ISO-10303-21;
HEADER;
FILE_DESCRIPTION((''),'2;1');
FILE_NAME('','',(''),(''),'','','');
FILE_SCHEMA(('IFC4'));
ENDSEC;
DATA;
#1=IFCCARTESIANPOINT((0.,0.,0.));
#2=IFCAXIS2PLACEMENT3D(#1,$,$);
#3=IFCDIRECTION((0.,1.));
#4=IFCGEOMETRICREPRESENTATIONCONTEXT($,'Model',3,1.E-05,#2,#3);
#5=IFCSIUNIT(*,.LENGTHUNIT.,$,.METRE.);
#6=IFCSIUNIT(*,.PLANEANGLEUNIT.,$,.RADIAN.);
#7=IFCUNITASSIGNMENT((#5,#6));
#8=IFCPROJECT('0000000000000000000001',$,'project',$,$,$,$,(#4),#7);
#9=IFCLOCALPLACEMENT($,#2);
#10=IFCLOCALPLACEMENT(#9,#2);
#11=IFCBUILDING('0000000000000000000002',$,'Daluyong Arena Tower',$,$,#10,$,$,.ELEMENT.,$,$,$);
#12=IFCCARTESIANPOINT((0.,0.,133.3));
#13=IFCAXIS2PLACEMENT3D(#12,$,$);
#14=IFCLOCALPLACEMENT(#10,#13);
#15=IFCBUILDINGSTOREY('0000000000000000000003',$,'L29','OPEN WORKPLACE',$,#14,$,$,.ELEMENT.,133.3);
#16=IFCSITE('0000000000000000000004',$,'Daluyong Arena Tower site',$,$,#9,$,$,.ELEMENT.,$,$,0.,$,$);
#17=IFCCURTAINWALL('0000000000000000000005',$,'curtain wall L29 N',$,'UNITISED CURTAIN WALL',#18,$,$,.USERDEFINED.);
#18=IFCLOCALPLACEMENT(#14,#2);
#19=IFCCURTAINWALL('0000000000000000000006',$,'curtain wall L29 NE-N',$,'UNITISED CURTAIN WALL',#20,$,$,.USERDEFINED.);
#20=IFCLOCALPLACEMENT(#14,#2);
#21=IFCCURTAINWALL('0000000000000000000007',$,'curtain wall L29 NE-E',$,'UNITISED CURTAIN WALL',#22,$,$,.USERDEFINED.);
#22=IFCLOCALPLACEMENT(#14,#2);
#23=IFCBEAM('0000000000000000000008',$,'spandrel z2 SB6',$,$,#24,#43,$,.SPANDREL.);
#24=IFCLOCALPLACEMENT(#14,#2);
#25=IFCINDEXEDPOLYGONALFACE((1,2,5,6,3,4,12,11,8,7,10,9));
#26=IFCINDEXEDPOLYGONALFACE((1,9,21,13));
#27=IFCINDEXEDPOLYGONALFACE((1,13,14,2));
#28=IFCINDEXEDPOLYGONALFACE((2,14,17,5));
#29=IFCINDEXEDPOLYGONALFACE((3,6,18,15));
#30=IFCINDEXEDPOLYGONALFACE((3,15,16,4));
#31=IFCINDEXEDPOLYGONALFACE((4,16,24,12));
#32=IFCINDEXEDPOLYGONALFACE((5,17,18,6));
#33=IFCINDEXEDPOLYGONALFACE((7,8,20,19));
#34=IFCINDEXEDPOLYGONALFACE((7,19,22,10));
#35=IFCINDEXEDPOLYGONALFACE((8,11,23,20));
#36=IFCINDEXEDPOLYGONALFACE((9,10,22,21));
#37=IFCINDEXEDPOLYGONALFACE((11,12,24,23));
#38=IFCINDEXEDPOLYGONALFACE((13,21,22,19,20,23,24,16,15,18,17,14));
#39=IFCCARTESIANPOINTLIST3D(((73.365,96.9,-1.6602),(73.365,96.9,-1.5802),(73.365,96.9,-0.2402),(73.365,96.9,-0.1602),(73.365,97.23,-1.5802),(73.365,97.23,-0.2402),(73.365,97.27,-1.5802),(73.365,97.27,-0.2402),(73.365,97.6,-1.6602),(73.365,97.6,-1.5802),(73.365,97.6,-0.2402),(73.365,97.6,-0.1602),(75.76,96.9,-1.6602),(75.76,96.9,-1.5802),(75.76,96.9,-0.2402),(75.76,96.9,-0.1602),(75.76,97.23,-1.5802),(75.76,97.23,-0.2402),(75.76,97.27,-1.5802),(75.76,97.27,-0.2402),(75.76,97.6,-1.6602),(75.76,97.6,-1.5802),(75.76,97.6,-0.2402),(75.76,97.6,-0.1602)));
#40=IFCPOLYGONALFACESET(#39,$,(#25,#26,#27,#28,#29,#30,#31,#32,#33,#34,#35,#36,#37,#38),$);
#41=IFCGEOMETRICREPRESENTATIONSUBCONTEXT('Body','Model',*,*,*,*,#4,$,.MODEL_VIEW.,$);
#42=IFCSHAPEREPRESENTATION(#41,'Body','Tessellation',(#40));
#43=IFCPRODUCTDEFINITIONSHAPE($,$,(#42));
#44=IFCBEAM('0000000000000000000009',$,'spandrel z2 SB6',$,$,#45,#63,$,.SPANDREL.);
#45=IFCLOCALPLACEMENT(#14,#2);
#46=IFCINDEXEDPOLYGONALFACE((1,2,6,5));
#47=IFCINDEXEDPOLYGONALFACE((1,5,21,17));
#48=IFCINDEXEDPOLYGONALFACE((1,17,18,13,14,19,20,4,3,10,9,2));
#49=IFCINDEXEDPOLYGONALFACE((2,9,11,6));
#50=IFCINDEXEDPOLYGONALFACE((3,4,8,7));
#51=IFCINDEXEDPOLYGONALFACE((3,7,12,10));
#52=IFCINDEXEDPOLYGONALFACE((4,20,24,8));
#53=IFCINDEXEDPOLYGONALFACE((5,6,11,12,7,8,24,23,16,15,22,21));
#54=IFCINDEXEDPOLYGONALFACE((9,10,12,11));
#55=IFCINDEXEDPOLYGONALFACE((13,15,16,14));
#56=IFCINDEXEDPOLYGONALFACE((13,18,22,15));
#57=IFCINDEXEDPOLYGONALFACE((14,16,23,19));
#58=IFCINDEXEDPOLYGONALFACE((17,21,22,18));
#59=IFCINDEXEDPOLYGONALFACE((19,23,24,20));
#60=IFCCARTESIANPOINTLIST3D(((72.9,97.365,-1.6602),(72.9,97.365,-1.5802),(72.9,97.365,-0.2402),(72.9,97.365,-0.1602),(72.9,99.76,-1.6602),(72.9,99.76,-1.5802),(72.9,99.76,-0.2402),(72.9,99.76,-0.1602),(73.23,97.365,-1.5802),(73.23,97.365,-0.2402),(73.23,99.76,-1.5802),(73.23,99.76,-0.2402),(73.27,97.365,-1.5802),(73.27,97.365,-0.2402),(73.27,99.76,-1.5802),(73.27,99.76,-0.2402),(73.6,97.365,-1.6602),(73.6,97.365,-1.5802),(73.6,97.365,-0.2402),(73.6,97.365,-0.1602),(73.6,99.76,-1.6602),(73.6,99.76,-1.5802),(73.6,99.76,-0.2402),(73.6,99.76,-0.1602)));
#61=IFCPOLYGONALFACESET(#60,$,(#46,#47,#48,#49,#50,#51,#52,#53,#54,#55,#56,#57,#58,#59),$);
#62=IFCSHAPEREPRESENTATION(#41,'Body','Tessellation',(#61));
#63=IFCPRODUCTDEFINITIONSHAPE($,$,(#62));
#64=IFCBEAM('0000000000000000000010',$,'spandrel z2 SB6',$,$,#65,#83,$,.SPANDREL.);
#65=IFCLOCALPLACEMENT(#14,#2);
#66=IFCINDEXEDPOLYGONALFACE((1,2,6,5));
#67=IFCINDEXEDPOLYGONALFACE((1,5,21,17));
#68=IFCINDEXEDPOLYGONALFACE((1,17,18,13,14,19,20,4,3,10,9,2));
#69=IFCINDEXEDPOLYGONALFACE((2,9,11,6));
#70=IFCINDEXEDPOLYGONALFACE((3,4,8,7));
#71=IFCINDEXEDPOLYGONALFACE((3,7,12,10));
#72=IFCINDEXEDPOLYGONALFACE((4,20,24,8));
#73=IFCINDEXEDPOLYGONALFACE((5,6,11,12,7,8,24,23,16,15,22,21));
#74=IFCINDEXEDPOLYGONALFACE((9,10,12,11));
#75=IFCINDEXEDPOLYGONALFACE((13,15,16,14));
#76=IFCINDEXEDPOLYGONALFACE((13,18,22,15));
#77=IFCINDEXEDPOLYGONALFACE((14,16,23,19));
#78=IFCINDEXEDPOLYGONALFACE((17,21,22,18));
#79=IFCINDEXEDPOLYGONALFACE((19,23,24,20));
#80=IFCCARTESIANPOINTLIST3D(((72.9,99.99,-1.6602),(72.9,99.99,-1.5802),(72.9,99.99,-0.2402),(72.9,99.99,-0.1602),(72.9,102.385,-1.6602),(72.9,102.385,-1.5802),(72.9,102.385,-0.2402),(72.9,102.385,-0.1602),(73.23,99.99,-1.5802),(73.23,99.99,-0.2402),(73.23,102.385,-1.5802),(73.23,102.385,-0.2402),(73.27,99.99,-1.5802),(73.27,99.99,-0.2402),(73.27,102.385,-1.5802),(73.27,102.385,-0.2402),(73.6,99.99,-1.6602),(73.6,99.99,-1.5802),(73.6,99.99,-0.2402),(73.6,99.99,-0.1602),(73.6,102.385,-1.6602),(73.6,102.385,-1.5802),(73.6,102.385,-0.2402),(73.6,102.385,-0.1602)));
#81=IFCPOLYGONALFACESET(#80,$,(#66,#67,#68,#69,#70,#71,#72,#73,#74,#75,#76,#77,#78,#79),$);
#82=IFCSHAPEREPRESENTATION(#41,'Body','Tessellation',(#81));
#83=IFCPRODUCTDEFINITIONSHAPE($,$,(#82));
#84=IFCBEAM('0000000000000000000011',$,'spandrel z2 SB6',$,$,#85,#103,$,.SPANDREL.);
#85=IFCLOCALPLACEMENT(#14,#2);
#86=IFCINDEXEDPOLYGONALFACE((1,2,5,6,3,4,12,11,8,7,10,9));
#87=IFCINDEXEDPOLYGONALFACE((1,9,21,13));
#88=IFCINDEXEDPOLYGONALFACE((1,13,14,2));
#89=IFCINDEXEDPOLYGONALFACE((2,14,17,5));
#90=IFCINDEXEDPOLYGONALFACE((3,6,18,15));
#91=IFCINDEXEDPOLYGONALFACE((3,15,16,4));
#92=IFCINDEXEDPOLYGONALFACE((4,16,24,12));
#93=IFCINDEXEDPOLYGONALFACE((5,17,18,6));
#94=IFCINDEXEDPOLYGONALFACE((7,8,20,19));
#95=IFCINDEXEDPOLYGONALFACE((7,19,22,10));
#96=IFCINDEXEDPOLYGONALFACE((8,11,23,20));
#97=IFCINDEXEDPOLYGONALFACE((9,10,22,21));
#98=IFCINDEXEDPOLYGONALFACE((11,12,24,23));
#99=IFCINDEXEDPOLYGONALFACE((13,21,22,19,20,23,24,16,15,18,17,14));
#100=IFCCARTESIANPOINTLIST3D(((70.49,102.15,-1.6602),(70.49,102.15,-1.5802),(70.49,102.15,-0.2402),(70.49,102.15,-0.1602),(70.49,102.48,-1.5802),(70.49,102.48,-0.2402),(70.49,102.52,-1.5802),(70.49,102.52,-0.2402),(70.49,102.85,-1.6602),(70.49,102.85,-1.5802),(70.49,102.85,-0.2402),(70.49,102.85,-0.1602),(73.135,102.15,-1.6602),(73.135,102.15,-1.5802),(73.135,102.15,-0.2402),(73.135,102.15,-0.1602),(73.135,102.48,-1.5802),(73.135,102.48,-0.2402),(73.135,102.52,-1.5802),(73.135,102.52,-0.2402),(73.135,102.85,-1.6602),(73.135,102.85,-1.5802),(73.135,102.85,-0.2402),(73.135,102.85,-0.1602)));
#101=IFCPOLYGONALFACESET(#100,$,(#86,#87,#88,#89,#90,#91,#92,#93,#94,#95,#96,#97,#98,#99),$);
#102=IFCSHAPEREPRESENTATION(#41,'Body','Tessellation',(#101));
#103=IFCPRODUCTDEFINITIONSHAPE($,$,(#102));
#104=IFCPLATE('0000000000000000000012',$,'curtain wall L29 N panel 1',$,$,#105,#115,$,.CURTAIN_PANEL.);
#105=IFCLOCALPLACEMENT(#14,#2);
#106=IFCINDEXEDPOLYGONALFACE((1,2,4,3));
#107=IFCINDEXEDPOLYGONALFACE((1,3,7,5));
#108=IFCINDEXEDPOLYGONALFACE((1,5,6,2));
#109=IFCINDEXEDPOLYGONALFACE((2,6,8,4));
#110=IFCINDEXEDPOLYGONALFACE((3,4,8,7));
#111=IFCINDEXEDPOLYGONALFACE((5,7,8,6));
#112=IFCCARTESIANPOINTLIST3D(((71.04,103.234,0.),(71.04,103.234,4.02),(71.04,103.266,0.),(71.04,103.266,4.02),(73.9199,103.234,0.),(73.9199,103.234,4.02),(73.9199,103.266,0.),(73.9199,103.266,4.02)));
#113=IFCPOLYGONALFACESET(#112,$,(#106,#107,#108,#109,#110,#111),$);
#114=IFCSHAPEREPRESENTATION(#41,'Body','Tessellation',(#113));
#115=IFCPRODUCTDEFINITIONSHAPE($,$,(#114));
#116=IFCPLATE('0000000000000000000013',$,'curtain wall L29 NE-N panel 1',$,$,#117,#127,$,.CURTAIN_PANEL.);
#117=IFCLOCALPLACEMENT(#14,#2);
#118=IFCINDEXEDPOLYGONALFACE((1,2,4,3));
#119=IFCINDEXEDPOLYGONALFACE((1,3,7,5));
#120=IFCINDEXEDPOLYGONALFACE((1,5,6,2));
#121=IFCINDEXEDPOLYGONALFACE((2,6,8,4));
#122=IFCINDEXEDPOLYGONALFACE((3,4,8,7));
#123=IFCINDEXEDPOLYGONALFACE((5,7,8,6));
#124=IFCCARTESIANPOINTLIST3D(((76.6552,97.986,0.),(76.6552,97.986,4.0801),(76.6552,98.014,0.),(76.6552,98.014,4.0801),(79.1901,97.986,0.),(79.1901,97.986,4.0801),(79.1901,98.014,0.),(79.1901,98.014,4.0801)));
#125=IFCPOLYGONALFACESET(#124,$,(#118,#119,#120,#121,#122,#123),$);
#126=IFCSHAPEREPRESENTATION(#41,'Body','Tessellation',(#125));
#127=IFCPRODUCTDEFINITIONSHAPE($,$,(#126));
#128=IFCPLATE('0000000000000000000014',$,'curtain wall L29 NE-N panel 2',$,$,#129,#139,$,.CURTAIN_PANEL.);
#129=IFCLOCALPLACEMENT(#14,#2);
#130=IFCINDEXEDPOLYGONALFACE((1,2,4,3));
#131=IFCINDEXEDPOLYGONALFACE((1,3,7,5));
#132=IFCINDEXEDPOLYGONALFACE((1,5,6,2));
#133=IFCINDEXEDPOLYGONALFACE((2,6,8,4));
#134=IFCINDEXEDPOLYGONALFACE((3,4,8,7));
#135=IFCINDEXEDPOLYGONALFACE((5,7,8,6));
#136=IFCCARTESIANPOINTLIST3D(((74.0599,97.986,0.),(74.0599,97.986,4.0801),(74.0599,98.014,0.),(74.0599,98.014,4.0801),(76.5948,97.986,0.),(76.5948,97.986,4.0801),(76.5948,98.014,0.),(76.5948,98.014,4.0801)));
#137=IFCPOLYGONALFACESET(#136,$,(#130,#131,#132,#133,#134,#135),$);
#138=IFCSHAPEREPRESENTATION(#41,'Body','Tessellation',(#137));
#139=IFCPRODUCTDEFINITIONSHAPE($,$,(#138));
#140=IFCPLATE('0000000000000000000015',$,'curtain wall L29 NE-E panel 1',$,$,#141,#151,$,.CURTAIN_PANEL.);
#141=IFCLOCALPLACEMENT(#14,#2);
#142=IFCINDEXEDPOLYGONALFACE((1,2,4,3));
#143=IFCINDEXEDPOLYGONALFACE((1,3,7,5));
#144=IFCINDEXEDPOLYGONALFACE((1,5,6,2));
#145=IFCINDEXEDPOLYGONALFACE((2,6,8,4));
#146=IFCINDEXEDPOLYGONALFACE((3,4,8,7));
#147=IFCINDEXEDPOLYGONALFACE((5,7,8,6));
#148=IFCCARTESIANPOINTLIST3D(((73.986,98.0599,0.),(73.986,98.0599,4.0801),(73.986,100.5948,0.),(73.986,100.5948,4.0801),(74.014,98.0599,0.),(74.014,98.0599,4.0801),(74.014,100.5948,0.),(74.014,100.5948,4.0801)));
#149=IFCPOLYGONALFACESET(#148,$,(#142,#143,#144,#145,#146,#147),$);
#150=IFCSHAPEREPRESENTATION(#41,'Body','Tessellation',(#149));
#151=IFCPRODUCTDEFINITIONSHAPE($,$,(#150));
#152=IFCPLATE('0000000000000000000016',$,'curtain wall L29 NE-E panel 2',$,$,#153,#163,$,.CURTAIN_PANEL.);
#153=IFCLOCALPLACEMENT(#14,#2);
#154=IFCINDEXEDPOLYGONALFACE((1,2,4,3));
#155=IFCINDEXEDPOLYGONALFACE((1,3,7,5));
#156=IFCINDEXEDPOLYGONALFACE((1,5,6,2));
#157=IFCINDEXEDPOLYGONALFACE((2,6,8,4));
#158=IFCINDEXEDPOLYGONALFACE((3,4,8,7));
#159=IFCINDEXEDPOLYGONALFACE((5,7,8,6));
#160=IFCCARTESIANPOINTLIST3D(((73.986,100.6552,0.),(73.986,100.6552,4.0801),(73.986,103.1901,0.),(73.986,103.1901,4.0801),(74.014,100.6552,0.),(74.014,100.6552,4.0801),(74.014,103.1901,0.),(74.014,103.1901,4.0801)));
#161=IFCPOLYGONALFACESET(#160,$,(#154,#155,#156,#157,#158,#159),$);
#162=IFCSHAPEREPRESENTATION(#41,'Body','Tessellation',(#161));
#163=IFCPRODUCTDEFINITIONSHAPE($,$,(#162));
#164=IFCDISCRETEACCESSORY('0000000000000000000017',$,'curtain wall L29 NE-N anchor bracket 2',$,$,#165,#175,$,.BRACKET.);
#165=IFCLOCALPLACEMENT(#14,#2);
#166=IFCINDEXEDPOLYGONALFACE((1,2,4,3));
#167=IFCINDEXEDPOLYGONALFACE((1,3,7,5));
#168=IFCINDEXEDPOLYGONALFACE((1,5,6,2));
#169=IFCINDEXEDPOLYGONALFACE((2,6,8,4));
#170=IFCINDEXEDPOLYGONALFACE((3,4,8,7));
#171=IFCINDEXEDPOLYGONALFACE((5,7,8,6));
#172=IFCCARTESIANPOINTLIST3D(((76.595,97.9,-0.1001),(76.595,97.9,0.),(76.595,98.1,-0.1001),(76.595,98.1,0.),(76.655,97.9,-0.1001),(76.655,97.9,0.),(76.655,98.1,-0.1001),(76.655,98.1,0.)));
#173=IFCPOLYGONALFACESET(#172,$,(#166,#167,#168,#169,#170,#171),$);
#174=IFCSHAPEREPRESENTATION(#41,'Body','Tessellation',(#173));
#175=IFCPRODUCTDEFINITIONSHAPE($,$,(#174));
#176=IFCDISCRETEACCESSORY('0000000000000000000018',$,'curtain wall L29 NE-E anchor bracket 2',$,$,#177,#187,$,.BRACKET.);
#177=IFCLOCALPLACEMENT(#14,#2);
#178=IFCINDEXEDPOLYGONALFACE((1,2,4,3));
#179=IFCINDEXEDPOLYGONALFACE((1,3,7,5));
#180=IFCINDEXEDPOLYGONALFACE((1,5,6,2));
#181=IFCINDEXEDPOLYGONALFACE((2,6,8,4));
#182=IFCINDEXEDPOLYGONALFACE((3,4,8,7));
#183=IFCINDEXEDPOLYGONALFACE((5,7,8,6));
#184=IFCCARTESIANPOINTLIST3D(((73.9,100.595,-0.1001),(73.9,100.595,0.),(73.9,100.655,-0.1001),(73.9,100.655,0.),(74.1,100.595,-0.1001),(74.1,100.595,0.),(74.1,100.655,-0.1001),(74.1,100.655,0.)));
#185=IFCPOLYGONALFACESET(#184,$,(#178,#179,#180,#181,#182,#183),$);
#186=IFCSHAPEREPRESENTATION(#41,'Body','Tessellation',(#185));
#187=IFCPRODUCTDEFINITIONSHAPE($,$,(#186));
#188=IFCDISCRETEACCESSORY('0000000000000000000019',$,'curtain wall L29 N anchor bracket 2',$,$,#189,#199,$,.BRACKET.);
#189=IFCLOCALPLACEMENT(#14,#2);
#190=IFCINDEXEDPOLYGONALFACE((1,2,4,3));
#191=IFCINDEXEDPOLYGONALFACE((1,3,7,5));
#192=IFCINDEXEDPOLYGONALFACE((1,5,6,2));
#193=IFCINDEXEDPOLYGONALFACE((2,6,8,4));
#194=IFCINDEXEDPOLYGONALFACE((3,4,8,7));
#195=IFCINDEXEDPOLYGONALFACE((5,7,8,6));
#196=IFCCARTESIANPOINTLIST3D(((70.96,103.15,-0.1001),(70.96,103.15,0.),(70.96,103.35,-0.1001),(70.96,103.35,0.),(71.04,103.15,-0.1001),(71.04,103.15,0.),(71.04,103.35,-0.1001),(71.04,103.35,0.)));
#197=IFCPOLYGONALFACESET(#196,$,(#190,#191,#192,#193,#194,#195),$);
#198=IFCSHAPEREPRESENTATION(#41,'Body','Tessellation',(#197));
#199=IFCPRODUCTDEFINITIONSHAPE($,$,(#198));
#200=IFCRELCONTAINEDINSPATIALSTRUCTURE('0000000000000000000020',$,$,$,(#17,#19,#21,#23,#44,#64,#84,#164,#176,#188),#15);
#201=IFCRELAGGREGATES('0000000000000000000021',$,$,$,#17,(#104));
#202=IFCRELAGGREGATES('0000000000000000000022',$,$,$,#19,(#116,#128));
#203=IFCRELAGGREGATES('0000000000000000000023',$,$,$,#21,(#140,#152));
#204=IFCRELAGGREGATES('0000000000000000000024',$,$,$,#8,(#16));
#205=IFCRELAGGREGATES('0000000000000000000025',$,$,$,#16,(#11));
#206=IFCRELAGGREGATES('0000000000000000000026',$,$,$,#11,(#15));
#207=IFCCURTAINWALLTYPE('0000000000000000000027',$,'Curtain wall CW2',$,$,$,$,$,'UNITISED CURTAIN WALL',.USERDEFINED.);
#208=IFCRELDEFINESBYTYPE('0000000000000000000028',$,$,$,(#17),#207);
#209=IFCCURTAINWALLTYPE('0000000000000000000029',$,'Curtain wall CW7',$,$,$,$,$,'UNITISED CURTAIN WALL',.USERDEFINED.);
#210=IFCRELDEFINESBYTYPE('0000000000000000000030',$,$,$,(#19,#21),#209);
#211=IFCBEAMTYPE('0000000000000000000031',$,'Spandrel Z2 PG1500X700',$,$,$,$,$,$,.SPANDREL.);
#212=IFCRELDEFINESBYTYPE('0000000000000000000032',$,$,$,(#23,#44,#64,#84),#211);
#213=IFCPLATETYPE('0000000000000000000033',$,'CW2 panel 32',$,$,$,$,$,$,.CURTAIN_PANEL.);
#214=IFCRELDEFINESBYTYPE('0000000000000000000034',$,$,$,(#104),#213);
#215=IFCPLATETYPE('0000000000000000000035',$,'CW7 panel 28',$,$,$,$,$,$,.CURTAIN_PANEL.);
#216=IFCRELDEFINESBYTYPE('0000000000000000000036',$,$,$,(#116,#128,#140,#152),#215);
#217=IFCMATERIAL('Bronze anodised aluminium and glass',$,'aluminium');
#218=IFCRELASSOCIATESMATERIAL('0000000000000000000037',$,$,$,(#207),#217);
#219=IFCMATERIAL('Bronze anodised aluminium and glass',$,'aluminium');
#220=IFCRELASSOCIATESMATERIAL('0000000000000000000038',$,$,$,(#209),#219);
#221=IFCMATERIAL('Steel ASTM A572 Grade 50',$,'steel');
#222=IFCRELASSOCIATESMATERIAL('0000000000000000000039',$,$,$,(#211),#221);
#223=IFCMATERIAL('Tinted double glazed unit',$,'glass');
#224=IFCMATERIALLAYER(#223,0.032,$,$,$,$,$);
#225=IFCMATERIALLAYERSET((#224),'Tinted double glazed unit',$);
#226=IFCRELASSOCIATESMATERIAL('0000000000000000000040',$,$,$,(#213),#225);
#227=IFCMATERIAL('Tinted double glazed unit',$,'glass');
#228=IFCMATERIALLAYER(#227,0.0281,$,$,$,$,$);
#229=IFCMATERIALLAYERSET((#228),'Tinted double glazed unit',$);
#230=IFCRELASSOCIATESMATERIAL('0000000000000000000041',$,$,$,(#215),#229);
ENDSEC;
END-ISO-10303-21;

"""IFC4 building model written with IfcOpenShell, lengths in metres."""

from ifc_helpers import new_model, si_unit, direction, frame, origin, origin_2d, place, context, subcontext, project, spatial, rectangle, i_section, extrude, material, layer, layer_set, material_profile, profile_set, type_object, element, aggregate, save


model = new_model("IFC4")

# Units and contexts
model_context = context("Model", 3, precision=1e-05, world=origin(), true_north=direction((0.0, 1.0)))
body_context = subcontext(model_context, "Body", "Model", "MODEL_VIEW")
ifc_project = project(units=[si_unit("LENGTHUNIT", "METRE"), si_unit("PLANEANGLEUNIT", "RADIAN")], contexts=[model_context])

# Site, building, storey
site_placement = place(None, origin())
site = spatial("IfcSite", under=ifc_project, at=site_placement, Name="Daluyong Arena Tower site", CompositionType="ELEMENT", RefElevation=0.0)
building_placement = place(site_placement, origin())
building = spatial("IfcBuilding", under=site, at=building_placement, Name="Daluyong Arena Tower", CompositionType="ELEMENT")
storey_placement = place(building_placement, frame((0.0, 0.0, 133.3)))
storey = spatial("IfcBuildingStorey", under=building, at=storey_placement, Name="L29", Description="OPEN WORKPLACE", CompositionType="ELEMENT", Elevation=133.3)

# Shared definitions
ifc_material_1 = material(Name="Bronze anodised aluminium and glass", Category="aluminium")
curtain_wall_type_1 = type_object("IfcCurtainWallType", Name="Curtain wall CW2", ElementType="UNITISED CURTAIN WALL", PredefinedType="USERDEFINED", material=ifc_material_1)

# Curtain walls
curtain_wall_1_placement = place(storey_placement, origin())
curtain_wall_1 = element("IfcCurtainWall", 1, at=curtain_wall_1_placement, inside=storey, type_object=curtain_wall_type_1, Name="curtain wall L29 N", ObjectType="UNITISED CURTAIN WALL", PredefinedType="USERDEFINED")
ifc_material_2 = material(Name="Bronze anodised aluminium and glass", Category="aluminium")
curtain_wall_type_2 = type_object("IfcCurtainWallType", Name="Curtain wall CW7", ElementType="UNITISED CURTAIN WALL", PredefinedType="USERDEFINED", material=ifc_material_2)
curtain_wall_2_placement = place(storey_placement, origin())
curtain_wall_2 = element("IfcCurtainWall", 2, at=curtain_wall_2_placement, inside=storey, type_object=curtain_wall_type_2, Name="curtain wall L29 NE-N", ObjectType="UNITISED CURTAIN WALL", PredefinedType="USERDEFINED")
curtain_wall_3_placement = place(storey_placement, origin())
curtain_wall_3 = element("IfcCurtainWall", 3, at=curtain_wall_3_placement, inside=storey, type_object=curtain_wall_type_2, Name="curtain wall L29 NE-E", ObjectType="UNITISED CURTAIN WALL", PredefinedType="USERDEFINED")

# Beams
ifc_material_3 = material(Name="Steel ASTM A572 Grade 50", Category="steel")
ifc_material_profile_1 = material_profile(ifc_material_3, i_section(OverallWidth=0.7, OverallDepth=1.5, WebThickness=0.04, FlangeThickness=0.08, at=origin_2d()))
ifc_profile_set_1 = profile_set([ifc_material_profile_1], Name="Steel ASTM A572 Grade 50")
beam_type_1 = type_object("IfcBeamType", Name="Spandrel Z2 PG1500X700", PredefinedType="SPANDREL", material=ifc_profile_set_1)
for number, where, z_axis, x_axis, name in (
    (4, (75.76, 97.25, -0.9102), (-1.0, 0.0, 0.0), (0.0, -1.0, 0.0), "spandrel z2 SB6"),
    (5, (73.25, 97.365, -0.9102), (0.0, 1.0, 0.0), (-1.0, 0.0, 0.0), "spandrel z2 SB6"),
    (6, (73.25, 99.99, -0.9102), (0.0, 1.0, 0.0), (-1.0, 0.0, 0.0), "spandrel z2 SB6"),
):
    element("IfcBeam", number, at=place(storey_placement, frame(where, z_axis=z_axis, x_axis=x_axis)), inside=storey, type_object=beam_type_1, Name=name, PredefinedType="SPANDREL", context=body_context, shape_type="SweptSolid", body=[
        extrude(i_section(OverallWidth=0.7, OverallDepth=1.5, WebThickness=0.04, FlangeThickness=0.08, at=origin_2d()), origin(), (0.0, 0.0, 1.0), 2.395),
    ])
beam_1_placement = place(storey_placement, frame((73.135, 102.5, -0.9102), z_axis=(-1.0, 0.0, 0.0), x_axis=(0.0, -1.0, 0.0)))
element("IfcBeam", 7, at=beam_1_placement, inside=storey, type_object=beam_type_1, Name="spandrel z2 SB6", PredefinedType="SPANDREL", context=body_context, shape_type="SweptSolid", body=[
    extrude(i_section(OverallWidth=0.7, OverallDepth=1.5, WebThickness=0.04, FlangeThickness=0.08, at=origin_2d()), origin(), (0.0, 0.0, 1.0), 2.645),
])

# Plates
ifc_material_4 = material(Name="Tinted double glazed unit", Category="glass")
ifc_layer_1 = layer(ifc_material_4, 0.032)
ifc_layer_set_1 = layer_set([ifc_layer_1], Name="Tinted double glazed unit")
plate_type_1 = type_object("IfcPlateType", Name="CW2 panel 32", PredefinedType="CURTAIN_PANEL", material=ifc_layer_set_1)
plate_1_placement = place(storey_placement, frame((72.48, 103.25, 0.0), z_axis=(0.0, 0.0, 1.0), x_axis=(-1.0, 0.0, 0.0)))
plate_1 = element("IfcPlate", 8, at=plate_1_placement, type_object=plate_type_1, Name="curtain wall L29 N panel 1", PredefinedType="CURTAIN_PANEL", context=body_context, shape_type="SweptSolid", body=[
    extrude(rectangle(XDim=2.8799, YDim=0.032, at=origin_2d()), origin(), (0.0, 0.0, 1.0), 4.02),
])
aggregate(curtain_wall_1, [plate_1])
ifc_material_5 = material(Name="Tinted double glazed unit", Category="glass")
ifc_layer_2 = layer(ifc_material_5, 0.0281)
ifc_layer_set_2 = layer_set([ifc_layer_2], Name="Tinted double glazed unit")
plate_type_2 = type_object("IfcPlateType", Name="CW7 panel 28", PredefinedType="CURTAIN_PANEL", material=ifc_layer_set_2)
plate_2_placement = place(storey_placement, frame((77.9226, 98.0, 0.0), z_axis=(0.0, 0.0, 1.0), x_axis=(-1.0, 0.0, 0.0)))
plate_2 = element("IfcPlate", 9, at=plate_2_placement, type_object=plate_type_2, Name="curtain wall L29 NE-N panel 1", PredefinedType="CURTAIN_PANEL", context=body_context, shape_type="SweptSolid", body=[
    extrude(rectangle(XDim=2.5349, YDim=0.0281, at=origin_2d()), origin(), (0.0, 0.0, 1.0), 4.0801),
])
plate_3_placement = place(storey_placement, frame((75.3274, 98.0, 0.0), z_axis=(0.0, 0.0, 1.0), x_axis=(-1.0, 0.0, 0.0)))
plate_3 = element("IfcPlate", 10, at=plate_3_placement, type_object=plate_type_2, Name="curtain wall L29 NE-N panel 2", PredefinedType="CURTAIN_PANEL", context=body_context, shape_type="SweptSolid", body=[
    extrude(rectangle(XDim=2.5349, YDim=0.0281, at=origin_2d()), origin(), (0.0, 0.0, 1.0), 4.0801),
])
aggregate(curtain_wall_2, [plate_2, plate_3])
plate_4_placement = place(storey_placement, frame((74.0, 99.3274, 0.0), z_axis=(0.0, 0.0, 1.0), x_axis=(0.0, 1.0, 0.0)))
plate_4 = element("IfcPlate", 11, at=plate_4_placement, type_object=plate_type_2, Name="curtain wall L29 NE-E panel 1", PredefinedType="CURTAIN_PANEL", context=body_context, shape_type="SweptSolid", body=[
    extrude(rectangle(XDim=2.5349, YDim=0.0281, at=origin_2d()), origin(), (0.0, 0.0, 1.0), 4.0801),
])
plate_5_placement = place(storey_placement, frame((74.0, 101.9226, 0.0), z_axis=(0.0, 0.0, 1.0), x_axis=(0.0, 1.0, 0.0)))
plate_5 = element("IfcPlate", 12, at=plate_5_placement, type_object=plate_type_2, Name="curtain wall L29 NE-E panel 2", PredefinedType="CURTAIN_PANEL", context=body_context, shape_type="SweptSolid", body=[
    extrude(rectangle(XDim=2.5349, YDim=0.0281, at=origin_2d()), origin(), (0.0, 0.0, 1.0), 4.0801),
])
aggregate(curtain_wall_3, [plate_4, plate_5])

# Discrete accessories
for number, where, z_axis, x_axis, name in (
    (13, (76.625, 98.0, -0.1001), (0.0, 0.0, 1.0), (-1.0, 0.0, 0.0), "curtain wall L29 NE-N anchor bracket 2"),
    (14, (74.0, 100.625, -0.1001), (0.0, 0.0, 1.0), (0.0, 1.0, 0.0), "curtain wall L29 NE-E anchor bracket 2"),
):
    element("IfcDiscreteAccessory", number, at=place(storey_placement, frame(where, z_axis=z_axis, x_axis=x_axis)), inside=storey, Name=name, PredefinedType="BRACKET", context=body_context, shape_type="SweptSolid", body=[
        extrude(rectangle(XDim=0.0601, YDim=0.2, at=origin_2d()), origin(), (0.0, 0.0, 1.0), 0.1001),
    ])
discrete_accessory_placement = place(storey_placement, frame((71.0, 103.25, -0.1001), z_axis=(0.0, 0.0, 1.0), x_axis=(-1.0, 0.0, 0.0)))
element("IfcDiscreteAccessory", 15, at=discrete_accessory_placement, inside=storey, Name="curtain wall L29 N anchor bracket 2", PredefinedType="BRACKET", context=body_context, shape_type="SweptSolid", body=[
    extrude(rectangle(XDim=0.0801, YDim=0.2, at=origin_2d()), origin(), (0.0, 0.0, 1.0), 0.1001),
])

save(model, "model.ifc")
